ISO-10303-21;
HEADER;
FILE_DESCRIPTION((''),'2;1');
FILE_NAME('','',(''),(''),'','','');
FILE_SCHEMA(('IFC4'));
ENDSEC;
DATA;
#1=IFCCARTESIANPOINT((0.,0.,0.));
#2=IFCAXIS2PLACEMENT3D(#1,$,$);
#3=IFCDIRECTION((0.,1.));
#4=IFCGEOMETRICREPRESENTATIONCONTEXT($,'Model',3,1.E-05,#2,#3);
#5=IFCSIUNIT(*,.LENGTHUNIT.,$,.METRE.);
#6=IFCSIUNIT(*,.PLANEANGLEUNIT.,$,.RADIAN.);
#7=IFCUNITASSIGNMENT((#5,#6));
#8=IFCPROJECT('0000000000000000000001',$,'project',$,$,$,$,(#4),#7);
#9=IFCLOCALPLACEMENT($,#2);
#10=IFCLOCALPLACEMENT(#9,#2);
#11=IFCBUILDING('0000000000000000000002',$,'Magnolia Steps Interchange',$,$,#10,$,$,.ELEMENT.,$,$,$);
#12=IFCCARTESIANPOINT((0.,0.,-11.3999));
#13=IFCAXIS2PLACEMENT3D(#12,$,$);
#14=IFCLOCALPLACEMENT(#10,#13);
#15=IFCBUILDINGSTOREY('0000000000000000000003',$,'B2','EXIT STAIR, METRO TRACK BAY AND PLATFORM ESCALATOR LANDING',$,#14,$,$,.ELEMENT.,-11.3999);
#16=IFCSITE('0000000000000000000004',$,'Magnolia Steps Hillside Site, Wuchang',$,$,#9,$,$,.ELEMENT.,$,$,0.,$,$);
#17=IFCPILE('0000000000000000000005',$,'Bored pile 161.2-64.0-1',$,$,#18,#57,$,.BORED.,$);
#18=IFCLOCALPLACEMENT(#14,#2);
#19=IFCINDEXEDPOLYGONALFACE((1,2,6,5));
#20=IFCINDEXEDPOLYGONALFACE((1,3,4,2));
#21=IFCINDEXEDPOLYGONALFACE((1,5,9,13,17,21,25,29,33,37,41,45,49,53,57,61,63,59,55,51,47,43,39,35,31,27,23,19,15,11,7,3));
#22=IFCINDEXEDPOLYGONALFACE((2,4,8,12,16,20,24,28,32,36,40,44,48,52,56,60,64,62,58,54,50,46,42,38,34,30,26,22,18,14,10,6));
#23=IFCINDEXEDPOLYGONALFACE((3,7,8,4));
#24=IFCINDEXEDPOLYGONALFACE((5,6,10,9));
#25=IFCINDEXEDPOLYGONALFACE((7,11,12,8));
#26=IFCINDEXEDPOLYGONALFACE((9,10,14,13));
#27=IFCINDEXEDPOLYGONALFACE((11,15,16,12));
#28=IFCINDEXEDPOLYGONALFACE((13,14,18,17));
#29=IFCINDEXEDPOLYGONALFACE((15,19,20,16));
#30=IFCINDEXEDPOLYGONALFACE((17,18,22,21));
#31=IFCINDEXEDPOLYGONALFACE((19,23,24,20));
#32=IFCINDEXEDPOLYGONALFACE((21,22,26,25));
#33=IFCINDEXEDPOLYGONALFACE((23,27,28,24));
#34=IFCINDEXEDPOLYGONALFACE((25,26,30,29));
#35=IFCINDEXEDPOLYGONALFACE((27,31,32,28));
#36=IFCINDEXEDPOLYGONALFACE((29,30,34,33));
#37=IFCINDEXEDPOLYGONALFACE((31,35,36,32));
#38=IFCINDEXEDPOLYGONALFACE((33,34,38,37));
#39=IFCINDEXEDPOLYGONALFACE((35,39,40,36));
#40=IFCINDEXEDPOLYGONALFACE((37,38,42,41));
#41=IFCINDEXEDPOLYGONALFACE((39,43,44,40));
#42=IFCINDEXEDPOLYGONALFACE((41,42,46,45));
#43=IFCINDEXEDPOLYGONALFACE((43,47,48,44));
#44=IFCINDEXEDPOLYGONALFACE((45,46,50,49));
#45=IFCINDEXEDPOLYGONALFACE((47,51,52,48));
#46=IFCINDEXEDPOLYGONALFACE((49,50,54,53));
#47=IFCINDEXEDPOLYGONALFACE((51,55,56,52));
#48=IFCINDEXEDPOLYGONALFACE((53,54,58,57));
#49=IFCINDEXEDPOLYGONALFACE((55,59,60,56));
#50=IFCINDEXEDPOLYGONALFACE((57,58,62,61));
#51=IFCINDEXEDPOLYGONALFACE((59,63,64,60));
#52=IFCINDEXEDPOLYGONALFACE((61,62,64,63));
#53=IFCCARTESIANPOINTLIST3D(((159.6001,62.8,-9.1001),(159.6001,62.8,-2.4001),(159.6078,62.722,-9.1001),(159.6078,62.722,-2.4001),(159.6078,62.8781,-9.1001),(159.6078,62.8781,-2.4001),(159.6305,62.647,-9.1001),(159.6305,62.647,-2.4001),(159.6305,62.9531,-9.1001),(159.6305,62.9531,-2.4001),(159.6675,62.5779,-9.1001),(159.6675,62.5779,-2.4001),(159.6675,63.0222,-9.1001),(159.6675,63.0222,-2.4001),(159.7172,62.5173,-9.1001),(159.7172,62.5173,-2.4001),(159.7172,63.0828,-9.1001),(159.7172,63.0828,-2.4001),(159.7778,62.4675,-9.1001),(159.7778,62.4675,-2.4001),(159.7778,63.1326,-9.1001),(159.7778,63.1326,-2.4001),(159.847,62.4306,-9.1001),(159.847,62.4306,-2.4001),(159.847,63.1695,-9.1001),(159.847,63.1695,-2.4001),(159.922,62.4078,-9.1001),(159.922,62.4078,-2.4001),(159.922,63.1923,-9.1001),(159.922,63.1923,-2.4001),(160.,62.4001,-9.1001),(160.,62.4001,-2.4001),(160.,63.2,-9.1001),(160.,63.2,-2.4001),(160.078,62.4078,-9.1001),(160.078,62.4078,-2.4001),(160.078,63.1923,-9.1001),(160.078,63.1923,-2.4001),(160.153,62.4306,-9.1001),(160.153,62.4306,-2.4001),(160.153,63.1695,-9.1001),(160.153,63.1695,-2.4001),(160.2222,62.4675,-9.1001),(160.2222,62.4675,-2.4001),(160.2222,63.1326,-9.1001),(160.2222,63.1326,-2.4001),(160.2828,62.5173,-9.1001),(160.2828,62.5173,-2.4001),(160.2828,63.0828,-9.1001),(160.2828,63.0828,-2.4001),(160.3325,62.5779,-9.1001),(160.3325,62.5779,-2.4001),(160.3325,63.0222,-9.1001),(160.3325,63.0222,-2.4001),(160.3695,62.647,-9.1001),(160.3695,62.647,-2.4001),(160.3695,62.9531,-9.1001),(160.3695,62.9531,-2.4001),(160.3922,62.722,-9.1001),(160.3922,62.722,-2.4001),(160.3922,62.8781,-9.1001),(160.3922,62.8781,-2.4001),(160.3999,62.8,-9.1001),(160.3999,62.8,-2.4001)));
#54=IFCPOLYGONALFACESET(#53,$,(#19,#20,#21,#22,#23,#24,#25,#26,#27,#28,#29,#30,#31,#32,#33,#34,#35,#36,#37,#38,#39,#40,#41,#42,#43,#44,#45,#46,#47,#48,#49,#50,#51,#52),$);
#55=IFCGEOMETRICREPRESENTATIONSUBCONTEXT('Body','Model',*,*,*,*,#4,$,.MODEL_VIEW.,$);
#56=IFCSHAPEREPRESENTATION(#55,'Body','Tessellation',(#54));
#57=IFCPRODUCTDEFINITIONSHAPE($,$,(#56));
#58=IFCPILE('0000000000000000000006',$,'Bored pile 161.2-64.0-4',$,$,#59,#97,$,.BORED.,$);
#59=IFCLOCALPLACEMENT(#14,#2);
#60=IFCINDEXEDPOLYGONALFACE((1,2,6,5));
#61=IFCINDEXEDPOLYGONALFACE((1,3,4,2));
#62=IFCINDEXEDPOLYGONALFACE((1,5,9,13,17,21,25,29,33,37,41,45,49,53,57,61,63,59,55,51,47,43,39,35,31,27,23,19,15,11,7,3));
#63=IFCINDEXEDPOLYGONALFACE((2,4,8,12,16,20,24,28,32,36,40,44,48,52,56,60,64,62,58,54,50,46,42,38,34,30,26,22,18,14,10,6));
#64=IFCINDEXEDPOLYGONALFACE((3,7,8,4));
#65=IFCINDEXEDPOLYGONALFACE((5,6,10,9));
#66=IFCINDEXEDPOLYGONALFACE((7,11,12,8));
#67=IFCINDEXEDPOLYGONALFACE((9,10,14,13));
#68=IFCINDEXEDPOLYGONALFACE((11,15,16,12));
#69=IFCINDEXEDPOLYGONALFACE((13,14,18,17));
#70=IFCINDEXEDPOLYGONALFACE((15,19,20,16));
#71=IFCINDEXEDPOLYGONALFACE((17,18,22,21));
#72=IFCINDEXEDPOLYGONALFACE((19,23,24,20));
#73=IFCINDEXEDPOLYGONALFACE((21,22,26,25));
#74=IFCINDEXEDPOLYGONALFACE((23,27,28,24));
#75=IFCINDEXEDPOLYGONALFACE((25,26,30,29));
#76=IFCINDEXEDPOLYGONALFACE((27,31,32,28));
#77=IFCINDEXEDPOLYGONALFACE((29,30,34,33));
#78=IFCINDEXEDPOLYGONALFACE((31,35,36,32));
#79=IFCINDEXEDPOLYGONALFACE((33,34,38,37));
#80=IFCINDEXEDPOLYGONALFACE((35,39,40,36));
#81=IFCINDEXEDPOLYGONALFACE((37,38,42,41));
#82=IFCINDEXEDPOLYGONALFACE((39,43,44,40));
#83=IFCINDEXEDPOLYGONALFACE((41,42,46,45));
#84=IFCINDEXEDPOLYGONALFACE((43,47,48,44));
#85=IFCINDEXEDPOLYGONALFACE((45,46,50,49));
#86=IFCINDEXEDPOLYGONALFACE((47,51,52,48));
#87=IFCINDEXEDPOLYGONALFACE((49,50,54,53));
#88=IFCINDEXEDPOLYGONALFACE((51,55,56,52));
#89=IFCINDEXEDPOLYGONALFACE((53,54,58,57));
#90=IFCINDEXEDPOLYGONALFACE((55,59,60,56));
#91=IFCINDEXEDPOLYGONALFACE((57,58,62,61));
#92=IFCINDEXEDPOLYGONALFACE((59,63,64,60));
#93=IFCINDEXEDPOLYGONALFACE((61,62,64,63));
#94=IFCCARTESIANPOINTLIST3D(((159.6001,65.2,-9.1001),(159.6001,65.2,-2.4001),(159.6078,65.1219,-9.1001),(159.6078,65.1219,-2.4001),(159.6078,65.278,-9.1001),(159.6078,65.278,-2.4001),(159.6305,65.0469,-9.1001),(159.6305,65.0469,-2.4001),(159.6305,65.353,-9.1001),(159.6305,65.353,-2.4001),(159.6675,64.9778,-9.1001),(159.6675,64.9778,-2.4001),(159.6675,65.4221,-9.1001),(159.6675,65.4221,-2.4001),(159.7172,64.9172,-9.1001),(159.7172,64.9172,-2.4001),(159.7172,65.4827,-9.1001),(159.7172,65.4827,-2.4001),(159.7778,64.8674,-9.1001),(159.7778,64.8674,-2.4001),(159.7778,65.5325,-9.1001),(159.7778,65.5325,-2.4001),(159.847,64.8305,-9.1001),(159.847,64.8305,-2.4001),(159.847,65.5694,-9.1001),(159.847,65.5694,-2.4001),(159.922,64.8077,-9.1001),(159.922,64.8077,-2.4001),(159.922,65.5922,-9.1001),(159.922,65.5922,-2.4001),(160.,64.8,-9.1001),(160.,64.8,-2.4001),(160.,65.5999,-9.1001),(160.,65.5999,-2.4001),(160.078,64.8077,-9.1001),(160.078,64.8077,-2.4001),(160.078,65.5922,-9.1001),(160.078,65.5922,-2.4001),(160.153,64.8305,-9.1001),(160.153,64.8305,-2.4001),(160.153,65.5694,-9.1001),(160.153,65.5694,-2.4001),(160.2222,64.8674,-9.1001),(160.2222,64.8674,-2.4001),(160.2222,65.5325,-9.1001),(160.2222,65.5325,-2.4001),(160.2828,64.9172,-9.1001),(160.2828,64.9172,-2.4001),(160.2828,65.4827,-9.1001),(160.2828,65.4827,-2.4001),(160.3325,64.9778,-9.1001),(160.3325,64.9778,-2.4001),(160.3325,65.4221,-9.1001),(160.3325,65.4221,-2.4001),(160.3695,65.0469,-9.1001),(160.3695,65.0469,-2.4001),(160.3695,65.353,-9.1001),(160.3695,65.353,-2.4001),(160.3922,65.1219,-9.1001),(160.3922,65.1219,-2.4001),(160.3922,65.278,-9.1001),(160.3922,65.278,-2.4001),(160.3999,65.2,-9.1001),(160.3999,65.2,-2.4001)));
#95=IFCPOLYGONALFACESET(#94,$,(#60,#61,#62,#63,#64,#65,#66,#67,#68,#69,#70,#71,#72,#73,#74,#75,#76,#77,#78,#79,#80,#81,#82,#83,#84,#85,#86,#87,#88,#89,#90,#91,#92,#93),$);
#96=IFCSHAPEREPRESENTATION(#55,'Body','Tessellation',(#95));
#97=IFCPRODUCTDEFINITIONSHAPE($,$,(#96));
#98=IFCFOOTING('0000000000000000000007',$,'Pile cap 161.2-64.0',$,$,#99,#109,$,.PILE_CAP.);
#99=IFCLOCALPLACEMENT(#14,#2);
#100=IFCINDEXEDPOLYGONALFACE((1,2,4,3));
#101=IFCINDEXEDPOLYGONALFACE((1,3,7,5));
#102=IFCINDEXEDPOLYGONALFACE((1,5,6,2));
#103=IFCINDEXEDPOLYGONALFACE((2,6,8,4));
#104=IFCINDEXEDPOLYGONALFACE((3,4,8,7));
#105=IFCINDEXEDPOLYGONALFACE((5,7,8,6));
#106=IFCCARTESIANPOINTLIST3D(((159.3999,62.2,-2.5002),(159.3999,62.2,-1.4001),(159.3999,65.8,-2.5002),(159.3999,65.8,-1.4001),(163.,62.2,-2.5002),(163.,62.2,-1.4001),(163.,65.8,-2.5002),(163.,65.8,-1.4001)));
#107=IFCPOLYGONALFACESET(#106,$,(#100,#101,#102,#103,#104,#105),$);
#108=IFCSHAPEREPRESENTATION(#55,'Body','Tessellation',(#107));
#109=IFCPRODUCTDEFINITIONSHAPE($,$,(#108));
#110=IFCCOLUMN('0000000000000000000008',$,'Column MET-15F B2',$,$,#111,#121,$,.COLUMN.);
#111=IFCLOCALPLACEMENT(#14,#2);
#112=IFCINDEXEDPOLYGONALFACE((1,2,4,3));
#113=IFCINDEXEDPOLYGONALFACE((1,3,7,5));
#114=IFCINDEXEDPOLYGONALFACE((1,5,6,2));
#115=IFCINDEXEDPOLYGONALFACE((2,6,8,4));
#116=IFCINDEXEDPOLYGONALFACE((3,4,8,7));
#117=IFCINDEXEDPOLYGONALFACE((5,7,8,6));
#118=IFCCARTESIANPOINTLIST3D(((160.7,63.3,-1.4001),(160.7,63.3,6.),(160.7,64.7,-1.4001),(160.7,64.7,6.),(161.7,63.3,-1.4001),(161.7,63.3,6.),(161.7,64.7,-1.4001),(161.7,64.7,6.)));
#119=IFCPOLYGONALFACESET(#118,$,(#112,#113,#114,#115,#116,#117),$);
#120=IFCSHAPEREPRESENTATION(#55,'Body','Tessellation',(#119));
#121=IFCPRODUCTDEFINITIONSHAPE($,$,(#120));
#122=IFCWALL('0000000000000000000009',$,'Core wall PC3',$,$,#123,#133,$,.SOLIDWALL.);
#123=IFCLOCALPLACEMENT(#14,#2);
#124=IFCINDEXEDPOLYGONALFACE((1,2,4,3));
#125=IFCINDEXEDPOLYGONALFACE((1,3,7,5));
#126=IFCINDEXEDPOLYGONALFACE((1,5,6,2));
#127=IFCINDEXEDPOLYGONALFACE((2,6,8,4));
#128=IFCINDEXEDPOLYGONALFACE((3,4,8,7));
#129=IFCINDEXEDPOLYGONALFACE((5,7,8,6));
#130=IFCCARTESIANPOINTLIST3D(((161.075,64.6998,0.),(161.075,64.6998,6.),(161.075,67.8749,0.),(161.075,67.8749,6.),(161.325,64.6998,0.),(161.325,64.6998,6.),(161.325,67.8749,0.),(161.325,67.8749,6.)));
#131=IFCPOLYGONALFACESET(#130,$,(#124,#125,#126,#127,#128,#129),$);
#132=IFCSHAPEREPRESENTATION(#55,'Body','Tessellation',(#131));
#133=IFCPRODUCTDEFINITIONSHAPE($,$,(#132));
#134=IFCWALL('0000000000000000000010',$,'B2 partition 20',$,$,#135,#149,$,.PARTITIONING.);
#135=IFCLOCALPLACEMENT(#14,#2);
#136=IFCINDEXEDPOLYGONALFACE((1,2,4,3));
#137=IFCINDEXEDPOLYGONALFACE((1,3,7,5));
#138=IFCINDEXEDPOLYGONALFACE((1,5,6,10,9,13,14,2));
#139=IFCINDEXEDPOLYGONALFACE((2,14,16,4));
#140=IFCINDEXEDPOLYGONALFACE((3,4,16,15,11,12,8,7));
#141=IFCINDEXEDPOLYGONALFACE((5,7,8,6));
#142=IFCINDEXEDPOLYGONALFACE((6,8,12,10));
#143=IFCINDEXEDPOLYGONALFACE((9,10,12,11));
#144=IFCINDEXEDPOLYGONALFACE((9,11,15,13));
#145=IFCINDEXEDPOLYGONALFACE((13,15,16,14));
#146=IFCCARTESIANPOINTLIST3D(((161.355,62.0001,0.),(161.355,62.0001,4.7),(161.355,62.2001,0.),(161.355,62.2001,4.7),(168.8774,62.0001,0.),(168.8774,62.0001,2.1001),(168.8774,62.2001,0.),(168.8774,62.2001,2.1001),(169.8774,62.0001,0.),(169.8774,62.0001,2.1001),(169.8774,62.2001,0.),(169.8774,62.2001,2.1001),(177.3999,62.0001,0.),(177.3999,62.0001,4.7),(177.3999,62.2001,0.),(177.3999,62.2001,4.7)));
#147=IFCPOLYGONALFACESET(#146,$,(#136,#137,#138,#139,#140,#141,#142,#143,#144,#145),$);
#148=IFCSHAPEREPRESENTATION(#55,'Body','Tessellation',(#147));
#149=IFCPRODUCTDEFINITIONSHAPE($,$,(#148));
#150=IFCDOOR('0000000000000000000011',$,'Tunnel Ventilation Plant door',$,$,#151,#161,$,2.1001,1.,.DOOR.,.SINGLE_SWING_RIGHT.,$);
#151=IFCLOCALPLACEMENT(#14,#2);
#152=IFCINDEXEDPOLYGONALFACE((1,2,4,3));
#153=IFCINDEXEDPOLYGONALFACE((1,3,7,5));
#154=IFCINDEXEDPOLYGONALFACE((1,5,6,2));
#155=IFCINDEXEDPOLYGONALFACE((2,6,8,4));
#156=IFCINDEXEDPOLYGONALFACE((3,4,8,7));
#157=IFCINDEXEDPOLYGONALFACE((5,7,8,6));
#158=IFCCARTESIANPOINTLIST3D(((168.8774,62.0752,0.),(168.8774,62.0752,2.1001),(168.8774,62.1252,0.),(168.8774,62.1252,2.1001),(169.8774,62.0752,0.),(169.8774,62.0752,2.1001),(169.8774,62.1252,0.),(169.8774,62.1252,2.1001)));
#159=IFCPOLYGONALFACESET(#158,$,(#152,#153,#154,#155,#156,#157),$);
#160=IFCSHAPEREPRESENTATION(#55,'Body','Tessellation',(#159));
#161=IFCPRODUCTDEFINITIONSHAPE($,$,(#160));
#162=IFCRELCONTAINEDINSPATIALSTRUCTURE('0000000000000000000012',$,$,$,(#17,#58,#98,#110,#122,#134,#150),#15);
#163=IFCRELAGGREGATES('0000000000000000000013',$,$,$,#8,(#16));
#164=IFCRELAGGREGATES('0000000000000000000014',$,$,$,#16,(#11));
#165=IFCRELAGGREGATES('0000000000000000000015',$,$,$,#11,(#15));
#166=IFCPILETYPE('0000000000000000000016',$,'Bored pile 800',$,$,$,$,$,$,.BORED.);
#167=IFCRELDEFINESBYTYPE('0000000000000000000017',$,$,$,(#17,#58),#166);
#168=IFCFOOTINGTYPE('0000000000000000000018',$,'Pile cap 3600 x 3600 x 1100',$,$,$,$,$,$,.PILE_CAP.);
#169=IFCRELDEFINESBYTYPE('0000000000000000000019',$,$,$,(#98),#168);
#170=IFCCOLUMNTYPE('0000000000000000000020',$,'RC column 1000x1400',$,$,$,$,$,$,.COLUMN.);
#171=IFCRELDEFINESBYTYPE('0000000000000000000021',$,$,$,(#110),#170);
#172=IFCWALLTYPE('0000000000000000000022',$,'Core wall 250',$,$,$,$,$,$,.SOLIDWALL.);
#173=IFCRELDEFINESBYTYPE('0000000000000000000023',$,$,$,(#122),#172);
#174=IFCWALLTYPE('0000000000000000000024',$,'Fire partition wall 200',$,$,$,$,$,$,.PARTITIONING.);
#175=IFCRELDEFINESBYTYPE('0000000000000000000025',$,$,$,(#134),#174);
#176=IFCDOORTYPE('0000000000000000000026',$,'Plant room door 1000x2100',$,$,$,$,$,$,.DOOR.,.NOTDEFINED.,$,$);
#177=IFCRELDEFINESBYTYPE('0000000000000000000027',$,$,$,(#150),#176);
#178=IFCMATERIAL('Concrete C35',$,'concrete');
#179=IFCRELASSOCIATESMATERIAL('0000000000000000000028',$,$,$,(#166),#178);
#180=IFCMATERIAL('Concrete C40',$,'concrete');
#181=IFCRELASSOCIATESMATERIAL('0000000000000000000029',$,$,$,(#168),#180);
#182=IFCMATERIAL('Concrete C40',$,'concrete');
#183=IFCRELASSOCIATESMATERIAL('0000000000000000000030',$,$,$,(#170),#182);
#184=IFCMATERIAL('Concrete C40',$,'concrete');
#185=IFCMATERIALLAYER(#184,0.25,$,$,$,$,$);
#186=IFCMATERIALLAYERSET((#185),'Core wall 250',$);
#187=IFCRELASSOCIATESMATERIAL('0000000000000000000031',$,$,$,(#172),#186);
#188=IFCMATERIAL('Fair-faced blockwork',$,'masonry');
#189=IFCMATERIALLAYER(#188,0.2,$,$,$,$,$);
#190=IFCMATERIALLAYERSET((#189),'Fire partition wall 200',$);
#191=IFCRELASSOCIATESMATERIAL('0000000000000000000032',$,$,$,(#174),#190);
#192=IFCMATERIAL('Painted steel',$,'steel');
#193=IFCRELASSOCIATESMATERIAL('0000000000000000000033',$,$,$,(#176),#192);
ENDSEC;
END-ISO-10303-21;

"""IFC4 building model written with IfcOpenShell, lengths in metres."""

from ifc_helpers import new_model, si_unit, direction, frame, frame_2d, origin, origin_2d, place, context, subcontext, project, spatial, rectangle, circle, extrude, material, layer, layer_set, material_profile, profile_set, type_object, element, fill, save


model = new_model("IFC4")

# Units and contexts
model_context = context("Model", 3, precision=1e-05, world=origin(), true_north=direction((0.0, 1.0)))
body_context = subcontext(model_context, "Body", "Model", "MODEL_VIEW")
ifc_project = project(units=[si_unit("LENGTHUNIT", "METRE"), si_unit("PLANEANGLEUNIT", "RADIAN")], contexts=[model_context])

# Site, building, storey
site_placement = place(None, origin())
site = spatial("IfcSite", under=ifc_project, at=site_placement, Name="Magnolia Steps Hillside Site, Wuchang", CompositionType="ELEMENT", RefElevation=0.0)
building_placement = place(site_placement, origin())
building = spatial("IfcBuilding", under=site, at=building_placement, Name="Magnolia Steps Interchange", CompositionType="ELEMENT")
storey_placement = place(building_placement, frame((0.0, 0.0, -11.3999)))
storey = spatial("IfcBuildingStorey", under=building, at=storey_placement, Name="B2", Description="EXIT STAIR, METRO TRACK BAY AND PLATFORM ESCALATOR LANDING", CompositionType="ELEMENT", Elevation=-11.3999)

# Piles
ifc_material_1 = material(Name="Concrete C35", Category="concrete")
ifc_material_profile_1 = material_profile(ifc_material_1, circle(Radius=0.3999, at=origin_2d()), Name="Bored pile 800")
ifc_profile_set_1 = profile_set([ifc_material_profile_1], Name="Concrete C35")
pile_type = type_object("IfcPileType", Name="Bored pile 800", PredefinedType="BORED", material=ifc_profile_set_1)
for number, where, z_axis, x_axis, name in (
    (1, (160.0, 62.8, -2.4001), (0.0, 0.0, -1.0), (1.0, 0.0, 0.0), "Bored pile 161.2-64.0-1"),
    (2, (160.0, 65.2, -2.4001), (0.0, 0.0, -1.0), (1.0, 0.0, 0.0), "Bored pile 161.2-64.0-4"),
):
    element("IfcPile", number, at=place(storey_placement, frame(where, z_axis=z_axis, x_axis=x_axis)), inside=storey, type_object=pile_type, Name=name, PredefinedType="BORED", context=body_context, shape_type="SweptSolid", body=[
        extrude(circle(Radius=0.3999, at=origin_2d()), origin(), (0.0, 0.0, 1.0), 6.7),
    ])

# Footing
ifc_material_2 = material(Name="Concrete C40", Category="concrete")
footing_type = type_object("IfcFootingType", Name="Pile cap 3600 x 3600 x 1100", PredefinedType="PILE_CAP", material=ifc_material_2)
footing_placement = place(storey_placement, frame((161.2, 64.0, -2.5002), z_axis=(0.0, 0.0, 1.0), x_axis=(1.0, 0.0, 0.0)))
element("IfcFooting", 3, at=footing_placement, inside=storey, type_object=footing_type, Name="Pile cap 161.2-64.0", PredefinedType="PILE_CAP", context=body_context, shape_type="SweptSolid", body=[
    extrude(rectangle(XDim=3.6001, YDim=3.6001, at=origin_2d()), origin(), (0.0, 0.0, 1.0), 1.1001),
])

# Column
ifc_material_3 = material(Name="Concrete C40", Category="concrete")
ifc_material_profile_2 = material_profile(ifc_material_3, rectangle(XDim=1.0, YDim=1.3999, at=origin_2d()), Name="RC1000x1400")
ifc_profile_set_2 = profile_set([ifc_material_profile_2], Name="Concrete C40")
column_type = type_object("IfcColumnType", Name="RC column 1000x1400", PredefinedType="COLUMN", material=ifc_profile_set_2)
column_placement = place(storey_placement, frame((161.2, 64.0, -1.4001), z_axis=(0.0, 0.0, 1.0), x_axis=(1.0, 0.0, 0.0)))
element("IfcColumn", 4, at=column_placement, inside=storey, type_object=column_type, Name="Column MET-15F B2", PredefinedType="COLUMN", context=body_context, shape_type="SweptSolid", body=[
    extrude(rectangle(XDim=1.0, YDim=1.3999, at=origin_2d()), origin(), (0.0, 0.0, 1.0), 7.4001),
])

# Wall
ifc_material_4 = material(Name="Concrete C40", Category="concrete")
ifc_layer_1 = layer(ifc_material_4, 0.25)
ifc_layer_set_1 = layer_set([ifc_layer_1], Name="Core wall 250")
wall_type_1 = type_object("IfcWallType", Name="Core wall 250", PredefinedType="SOLIDWALL", material=ifc_layer_set_1)
wall_1_placement = place(storey_placement, frame((161.2, 64.7, 0.0), z_axis=(0.0, 0.0, 1.0), x_axis=(0.0, 1.0, 0.0)))
element("IfcWall", 5, at=wall_1_placement, inside=storey, type_object=wall_type_1, Name="Core wall PC3", PredefinedType="SOLIDWALL", context=body_context, shape_type="SweptSolid", body=[
    extrude(rectangle(XDim=3.175, YDim=0.25, at=frame_2d((1.5874, 0.0))), origin(), (0.0, 0.0, 1.0), 6.0),
])

# Wall, opening, door
ifc_material_5 = material(Name="Fair-faced blockwork", Category="masonry")
ifc_layer_2 = layer(ifc_material_5, 0.2)
ifc_layer_set_2 = layer_set([ifc_layer_2], Name="Fire partition wall 200")
wall_type_2 = type_object("IfcWallType", Name="Fire partition wall 200", PredefinedType="PARTITIONING", material=ifc_layer_set_2)
wall_2_placement = place(storey_placement, frame((161.355, 62.1001, 0.0), z_axis=(0.0, 0.0, 1.0), x_axis=(1.0, 0.0, 0.0)))
wall_2 = element("IfcWall", 6, at=wall_2_placement, inside=storey, type_object=wall_type_2, Name="B2 partition 20", PredefinedType="PARTITIONING", context=body_context, shape_type="SweptSolid", body=[
    extrude(rectangle(XDim=16.0449, YDim=0.2, at=frame_2d((8.0225, 0.0))), origin(), (0.0, 0.0, 1.0), 4.7),
])
opening_1_placement = place(wall_2_placement, frame((7.5225, 0.0, 0.0)))
opening_1 = element("IfcOpeningElement", 7, at=opening_1_placement, cuts=wall_2, PredefinedType="OPENING", context=body_context, shape_type="SweptSolid", body=[
    extrude(rectangle(XDim=1.0, YDim=2.1001, at=frame_2d((0.5, 1.05))), frame((0.0, 0.1099, 0.0), z_axis=(0.0, -1.0, 0.0), x_axis=(1.0, 0.0, 0.0)), (0.0, 0.0, 1.0), 0.22),
])
ifc_material_6 = material(Name="Painted steel", Category="steel")
door_type = type_object("IfcDoorType", Name="Plant room door 1000x2100", OperationType="NOTDEFINED", PredefinedType="DOOR", material=ifc_material_6)
door_1_placement = place(opening_1_placement, frame((1.0, 0.0, 0.0), z_axis=(0.0, 0.0, 1.0), x_axis=(-1.0, 0.0, 0.0)))
door_1 = element("IfcDoor", 8, at=door_1_placement, inside=storey, type_object=door_type, Name="Tunnel Ventilation Plant door", OperationType="SINGLE_SWING_RIGHT", OverallHeight=2.1001, OverallWidth=1.0, PredefinedType="DOOR", context=body_context, shape_type="SweptSolid", body=[
    extrude(rectangle(XDim=1.0, YDim=2.1001, at=frame_2d((0.5, 1.05))), frame((0.0, 0.0249, 0.0), z_axis=(0.0, -1.0, 0.0), x_axis=(1.0, 0.0, 0.0)), (0.0, 0.0, 1.0), 0.05),
])
fill(opening_1, door_1)

save(model, "model.ifc")
